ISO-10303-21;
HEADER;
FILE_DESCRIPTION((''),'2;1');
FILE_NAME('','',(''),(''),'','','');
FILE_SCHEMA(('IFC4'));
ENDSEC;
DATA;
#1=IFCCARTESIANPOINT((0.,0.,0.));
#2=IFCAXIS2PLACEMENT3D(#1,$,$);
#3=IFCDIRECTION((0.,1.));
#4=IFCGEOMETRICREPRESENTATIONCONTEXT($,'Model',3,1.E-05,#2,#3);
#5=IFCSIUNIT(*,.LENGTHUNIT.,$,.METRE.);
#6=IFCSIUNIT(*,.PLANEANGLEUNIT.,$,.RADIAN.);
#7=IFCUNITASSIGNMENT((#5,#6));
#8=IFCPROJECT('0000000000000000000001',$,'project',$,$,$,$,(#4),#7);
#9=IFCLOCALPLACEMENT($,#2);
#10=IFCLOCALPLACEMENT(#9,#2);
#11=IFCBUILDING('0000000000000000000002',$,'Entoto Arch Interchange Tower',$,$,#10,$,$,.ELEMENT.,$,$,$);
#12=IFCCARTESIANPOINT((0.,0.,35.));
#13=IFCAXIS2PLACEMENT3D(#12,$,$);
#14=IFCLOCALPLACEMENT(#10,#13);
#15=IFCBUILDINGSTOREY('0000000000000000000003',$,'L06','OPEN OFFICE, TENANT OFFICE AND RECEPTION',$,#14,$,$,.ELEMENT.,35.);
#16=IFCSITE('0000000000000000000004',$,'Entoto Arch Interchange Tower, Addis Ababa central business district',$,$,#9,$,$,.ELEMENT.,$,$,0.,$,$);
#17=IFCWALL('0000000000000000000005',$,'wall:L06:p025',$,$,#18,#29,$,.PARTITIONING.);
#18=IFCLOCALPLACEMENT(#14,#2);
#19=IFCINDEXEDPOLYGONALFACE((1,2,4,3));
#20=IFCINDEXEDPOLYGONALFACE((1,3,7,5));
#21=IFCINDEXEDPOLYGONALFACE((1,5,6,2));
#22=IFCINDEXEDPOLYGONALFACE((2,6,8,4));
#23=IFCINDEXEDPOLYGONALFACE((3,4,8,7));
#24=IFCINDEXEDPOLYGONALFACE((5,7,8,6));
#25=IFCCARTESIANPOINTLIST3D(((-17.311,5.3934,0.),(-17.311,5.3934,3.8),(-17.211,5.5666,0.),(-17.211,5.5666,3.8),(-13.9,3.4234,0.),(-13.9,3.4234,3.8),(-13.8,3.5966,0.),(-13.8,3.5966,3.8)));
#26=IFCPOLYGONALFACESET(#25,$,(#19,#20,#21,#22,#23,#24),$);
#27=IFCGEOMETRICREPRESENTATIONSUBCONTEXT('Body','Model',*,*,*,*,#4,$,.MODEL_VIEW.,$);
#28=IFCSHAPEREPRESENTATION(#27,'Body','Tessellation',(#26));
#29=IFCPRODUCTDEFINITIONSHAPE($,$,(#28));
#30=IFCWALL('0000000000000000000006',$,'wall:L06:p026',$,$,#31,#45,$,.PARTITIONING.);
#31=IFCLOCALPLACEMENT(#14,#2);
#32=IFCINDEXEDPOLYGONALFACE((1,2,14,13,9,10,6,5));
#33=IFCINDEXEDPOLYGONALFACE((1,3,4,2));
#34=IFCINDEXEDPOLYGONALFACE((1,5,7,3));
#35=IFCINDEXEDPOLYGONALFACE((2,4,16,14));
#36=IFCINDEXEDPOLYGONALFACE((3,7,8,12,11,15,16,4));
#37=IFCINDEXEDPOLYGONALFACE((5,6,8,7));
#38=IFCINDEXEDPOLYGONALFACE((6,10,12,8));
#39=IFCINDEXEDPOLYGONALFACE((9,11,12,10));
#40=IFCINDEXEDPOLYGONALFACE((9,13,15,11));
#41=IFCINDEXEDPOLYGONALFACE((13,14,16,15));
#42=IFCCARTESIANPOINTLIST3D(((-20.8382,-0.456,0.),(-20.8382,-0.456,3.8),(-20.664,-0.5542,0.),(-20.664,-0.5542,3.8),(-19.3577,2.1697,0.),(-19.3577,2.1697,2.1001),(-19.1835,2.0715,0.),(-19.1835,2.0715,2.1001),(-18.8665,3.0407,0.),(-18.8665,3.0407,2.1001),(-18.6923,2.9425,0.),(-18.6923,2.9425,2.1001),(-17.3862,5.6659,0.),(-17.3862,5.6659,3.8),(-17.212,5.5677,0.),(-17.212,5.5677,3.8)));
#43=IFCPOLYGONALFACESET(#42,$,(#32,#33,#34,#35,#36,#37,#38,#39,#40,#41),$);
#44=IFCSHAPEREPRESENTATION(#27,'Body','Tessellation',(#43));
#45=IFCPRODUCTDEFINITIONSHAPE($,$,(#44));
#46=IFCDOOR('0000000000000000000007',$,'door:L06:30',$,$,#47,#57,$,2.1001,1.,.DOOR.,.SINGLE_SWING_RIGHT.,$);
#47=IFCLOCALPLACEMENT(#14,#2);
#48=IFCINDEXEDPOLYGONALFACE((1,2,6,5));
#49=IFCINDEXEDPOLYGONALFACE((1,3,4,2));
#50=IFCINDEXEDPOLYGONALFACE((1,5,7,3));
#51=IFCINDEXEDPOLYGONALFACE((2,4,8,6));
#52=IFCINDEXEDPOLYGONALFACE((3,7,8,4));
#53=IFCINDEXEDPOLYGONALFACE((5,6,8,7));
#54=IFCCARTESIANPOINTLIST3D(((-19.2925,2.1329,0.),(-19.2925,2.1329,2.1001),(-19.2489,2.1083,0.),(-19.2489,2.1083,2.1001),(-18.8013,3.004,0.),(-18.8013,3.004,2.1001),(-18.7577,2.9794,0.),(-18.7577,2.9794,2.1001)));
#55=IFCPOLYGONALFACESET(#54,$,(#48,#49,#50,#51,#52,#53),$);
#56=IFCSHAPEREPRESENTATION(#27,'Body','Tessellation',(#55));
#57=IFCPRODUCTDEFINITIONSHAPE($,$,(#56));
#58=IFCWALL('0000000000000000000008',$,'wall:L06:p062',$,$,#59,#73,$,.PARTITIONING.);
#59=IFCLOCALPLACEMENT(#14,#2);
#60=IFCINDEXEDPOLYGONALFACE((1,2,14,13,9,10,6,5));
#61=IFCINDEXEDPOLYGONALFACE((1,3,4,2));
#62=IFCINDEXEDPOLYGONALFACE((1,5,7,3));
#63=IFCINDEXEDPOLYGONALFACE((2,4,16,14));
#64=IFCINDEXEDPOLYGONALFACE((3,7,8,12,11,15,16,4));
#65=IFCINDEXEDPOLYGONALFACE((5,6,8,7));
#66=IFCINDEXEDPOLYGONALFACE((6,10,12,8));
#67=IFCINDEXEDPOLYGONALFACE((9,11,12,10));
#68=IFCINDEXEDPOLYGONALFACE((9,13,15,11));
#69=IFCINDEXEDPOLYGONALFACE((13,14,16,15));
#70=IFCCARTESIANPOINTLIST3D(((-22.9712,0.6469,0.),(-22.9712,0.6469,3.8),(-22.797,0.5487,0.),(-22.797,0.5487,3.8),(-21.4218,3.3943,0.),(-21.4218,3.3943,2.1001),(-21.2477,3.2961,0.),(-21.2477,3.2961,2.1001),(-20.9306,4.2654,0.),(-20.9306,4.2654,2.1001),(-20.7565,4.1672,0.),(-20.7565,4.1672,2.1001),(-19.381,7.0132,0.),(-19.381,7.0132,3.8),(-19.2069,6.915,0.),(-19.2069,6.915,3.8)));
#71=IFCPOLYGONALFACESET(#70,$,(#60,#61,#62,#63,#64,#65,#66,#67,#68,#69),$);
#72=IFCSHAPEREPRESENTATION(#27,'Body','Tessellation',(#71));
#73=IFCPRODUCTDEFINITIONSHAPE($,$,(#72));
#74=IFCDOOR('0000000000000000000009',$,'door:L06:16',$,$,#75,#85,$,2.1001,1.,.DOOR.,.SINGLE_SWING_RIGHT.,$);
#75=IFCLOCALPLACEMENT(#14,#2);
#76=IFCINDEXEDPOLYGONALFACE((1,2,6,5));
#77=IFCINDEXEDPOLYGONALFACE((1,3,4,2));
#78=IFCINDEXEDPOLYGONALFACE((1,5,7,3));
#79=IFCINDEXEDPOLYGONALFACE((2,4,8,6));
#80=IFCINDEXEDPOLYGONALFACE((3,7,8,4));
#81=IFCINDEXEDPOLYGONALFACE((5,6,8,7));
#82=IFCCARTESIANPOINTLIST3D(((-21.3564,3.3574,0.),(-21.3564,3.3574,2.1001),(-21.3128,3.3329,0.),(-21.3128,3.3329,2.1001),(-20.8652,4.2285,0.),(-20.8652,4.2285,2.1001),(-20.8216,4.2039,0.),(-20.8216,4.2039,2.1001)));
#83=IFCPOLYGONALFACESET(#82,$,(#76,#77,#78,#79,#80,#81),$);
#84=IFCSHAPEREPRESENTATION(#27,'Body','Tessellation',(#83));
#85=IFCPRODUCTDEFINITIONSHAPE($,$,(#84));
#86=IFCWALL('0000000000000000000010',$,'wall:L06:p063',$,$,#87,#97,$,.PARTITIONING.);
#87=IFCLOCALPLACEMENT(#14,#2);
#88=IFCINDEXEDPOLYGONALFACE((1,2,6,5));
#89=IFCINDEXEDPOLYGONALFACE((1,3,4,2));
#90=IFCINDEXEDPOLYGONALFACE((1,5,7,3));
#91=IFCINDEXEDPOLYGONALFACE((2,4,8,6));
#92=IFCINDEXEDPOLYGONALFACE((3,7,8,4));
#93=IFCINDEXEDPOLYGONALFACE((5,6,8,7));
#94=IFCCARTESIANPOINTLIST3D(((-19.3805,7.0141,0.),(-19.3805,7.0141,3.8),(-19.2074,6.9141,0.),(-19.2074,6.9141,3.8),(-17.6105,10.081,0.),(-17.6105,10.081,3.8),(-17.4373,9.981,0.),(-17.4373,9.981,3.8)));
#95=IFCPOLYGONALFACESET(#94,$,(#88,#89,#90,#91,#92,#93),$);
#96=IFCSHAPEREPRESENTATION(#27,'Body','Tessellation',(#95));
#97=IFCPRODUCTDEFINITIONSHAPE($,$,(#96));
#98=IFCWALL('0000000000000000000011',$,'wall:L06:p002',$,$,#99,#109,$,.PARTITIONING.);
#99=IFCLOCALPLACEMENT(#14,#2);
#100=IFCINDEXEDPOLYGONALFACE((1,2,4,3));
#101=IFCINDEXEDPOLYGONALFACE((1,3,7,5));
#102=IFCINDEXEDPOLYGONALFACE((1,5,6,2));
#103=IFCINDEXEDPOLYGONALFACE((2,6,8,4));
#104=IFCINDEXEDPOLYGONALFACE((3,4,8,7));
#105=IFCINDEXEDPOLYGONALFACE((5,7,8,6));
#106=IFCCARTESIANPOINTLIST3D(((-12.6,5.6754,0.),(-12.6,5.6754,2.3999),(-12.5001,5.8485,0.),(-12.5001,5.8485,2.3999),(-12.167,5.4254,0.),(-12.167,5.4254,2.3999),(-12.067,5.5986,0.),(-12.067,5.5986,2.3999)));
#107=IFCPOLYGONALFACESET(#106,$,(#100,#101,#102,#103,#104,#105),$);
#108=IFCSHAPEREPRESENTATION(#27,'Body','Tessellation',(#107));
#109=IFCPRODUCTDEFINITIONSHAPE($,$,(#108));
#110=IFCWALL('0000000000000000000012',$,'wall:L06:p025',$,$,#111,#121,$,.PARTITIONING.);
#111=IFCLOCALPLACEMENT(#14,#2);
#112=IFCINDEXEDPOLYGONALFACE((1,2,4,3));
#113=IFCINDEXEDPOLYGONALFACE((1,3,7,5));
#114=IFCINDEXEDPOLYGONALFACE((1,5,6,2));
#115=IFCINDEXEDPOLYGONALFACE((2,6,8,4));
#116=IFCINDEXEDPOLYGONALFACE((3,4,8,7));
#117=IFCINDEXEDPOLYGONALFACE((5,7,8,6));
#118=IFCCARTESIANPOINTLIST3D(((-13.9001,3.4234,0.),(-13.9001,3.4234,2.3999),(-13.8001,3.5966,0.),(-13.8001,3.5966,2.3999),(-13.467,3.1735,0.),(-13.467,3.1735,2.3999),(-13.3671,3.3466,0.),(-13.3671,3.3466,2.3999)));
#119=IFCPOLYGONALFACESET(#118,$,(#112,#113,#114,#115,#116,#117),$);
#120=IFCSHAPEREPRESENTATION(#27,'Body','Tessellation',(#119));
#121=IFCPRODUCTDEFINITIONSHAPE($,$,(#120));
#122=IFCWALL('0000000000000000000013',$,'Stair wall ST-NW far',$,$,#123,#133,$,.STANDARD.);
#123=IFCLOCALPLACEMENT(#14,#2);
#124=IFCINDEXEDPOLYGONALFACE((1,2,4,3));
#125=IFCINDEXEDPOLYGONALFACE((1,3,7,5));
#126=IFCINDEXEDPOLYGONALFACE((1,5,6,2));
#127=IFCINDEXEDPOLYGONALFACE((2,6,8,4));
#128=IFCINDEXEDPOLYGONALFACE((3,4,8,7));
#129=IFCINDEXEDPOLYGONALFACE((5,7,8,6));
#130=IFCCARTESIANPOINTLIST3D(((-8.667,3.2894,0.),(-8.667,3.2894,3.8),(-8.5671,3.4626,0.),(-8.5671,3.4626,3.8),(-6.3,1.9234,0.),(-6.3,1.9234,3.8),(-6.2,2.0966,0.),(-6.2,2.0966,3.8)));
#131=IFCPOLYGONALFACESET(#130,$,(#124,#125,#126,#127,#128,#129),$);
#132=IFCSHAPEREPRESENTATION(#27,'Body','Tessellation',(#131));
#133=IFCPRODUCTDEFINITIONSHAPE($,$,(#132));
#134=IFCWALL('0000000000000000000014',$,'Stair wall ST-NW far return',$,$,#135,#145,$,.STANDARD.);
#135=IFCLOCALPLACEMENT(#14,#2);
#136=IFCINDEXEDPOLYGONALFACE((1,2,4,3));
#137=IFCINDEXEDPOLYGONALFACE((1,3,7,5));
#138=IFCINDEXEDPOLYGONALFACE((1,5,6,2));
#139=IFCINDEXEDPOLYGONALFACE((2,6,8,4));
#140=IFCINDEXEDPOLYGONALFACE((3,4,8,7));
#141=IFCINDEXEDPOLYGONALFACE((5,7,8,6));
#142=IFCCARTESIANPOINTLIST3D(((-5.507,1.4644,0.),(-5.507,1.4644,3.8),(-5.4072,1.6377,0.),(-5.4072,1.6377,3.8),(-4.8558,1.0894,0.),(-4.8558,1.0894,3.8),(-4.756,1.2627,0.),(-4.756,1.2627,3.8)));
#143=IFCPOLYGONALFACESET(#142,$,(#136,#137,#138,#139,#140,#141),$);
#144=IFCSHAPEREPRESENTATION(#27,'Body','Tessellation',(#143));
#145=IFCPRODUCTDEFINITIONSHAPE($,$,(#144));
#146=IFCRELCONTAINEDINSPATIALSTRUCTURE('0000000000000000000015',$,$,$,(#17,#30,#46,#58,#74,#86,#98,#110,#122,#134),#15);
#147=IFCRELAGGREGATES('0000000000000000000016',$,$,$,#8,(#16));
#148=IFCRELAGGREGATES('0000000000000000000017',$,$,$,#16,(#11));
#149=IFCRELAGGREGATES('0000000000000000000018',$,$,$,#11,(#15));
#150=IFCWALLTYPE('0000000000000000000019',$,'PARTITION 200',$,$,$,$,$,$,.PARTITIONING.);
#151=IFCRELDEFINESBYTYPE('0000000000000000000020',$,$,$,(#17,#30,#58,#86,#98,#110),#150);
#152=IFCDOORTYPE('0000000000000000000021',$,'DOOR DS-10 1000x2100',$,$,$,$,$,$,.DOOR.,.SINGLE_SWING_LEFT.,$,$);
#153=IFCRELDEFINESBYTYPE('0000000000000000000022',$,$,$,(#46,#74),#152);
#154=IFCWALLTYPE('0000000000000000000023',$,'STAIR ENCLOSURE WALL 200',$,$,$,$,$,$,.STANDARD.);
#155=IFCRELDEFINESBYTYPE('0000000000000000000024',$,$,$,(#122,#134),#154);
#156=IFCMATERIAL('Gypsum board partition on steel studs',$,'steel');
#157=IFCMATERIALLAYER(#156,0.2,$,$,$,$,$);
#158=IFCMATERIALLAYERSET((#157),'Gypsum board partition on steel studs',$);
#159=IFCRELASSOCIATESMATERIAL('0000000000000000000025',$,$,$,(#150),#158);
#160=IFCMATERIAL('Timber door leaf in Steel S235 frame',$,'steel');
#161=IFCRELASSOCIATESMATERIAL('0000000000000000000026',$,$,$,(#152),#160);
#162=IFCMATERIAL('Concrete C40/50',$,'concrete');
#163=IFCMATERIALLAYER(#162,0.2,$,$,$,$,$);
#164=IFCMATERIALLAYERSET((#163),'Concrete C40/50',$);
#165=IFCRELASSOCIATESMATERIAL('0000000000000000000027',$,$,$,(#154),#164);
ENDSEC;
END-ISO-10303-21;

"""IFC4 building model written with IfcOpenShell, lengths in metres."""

from ifc_helpers import new_model, si_unit, direction, frame, frame_2d, origin, place, context, subcontext, project, spatial, rectangle, extrude, material, layer, layer_set, type_object, element, fill, save


model = new_model("IFC4")

# Units and contexts
model_context = context("Model", 3, precision=1e-05, world=origin(), true_north=direction((0.0, 1.0)))
body_context = subcontext(model_context, "Body", "Model", "MODEL_VIEW")
ifc_project = project(units=[si_unit("LENGTHUNIT", "METRE"), si_unit("PLANEANGLEUNIT", "RADIAN")], contexts=[model_context])

# Site, building, storey
site_placement = place(None, origin())
site = spatial("IfcSite", under=ifc_project, at=site_placement, Name="Entoto Arch Interchange Tower, Addis Ababa central business district", CompositionType="ELEMENT", RefElevation=0.0)
building_placement = place(site_placement, origin())
building = spatial("IfcBuilding", under=site, at=building_placement, Name="Entoto Arch Interchange Tower", CompositionType="ELEMENT")
storey_placement = place(building_placement, frame((0.0, 0.0, 35.0)))
storey = spatial("IfcBuildingStorey", under=building, at=storey_placement, Name="L06", Description="OPEN OFFICE, TENANT OFFICE AND RECEPTION", CompositionType="ELEMENT", Elevation=35.0)

# Shared definitions
ifc_material_1 = material(Name="Concrete C40/50", Category="concrete")

# Wall
ifc_material_2 = material(Name="Gypsum board partition on steel studs", Category="steel")
ifc_layer_1 = layer(ifc_material_2, 0.2)
ifc_layer_set_1 = layer_set([ifc_layer_1], Name="Gypsum board partition on steel studs")
wall_type_1 = type_object("IfcWallType", Name="PARTITION 200", PredefinedType="PARTITIONING", material=ifc_layer_set_1)
wall_1_placement = place(storey_placement, frame((-17.261, 5.48, 0.0), z_axis=(0.0, 0.0, 1.0), x_axis=(0.865949, -0.500132, 0.0)))
element("IfcWall", 1, at=wall_1_placement, inside=storey, type_object=wall_type_1, Name="wall:L06:p025", PredefinedType="PARTITIONING", context=body_context, shape_type="SweptSolid", body=[
    extrude(rectangle(XDim=3.939, YDim=0.2, at=frame_2d((1.9695, 0.0))), origin(), (0.0, 0.0, 1.0), 3.8),
])

# Walls, openings, doors
wall_2_placement = place(storey_placement, frame((-17.2991, 5.6169, 0.0), z_axis=(0.0, 0.0, 1.0), x_axis=(-0.491166, -0.871066, 0.0)))
wall_2 = element("IfcWall", 2, at=wall_2_placement, inside=storey, type_object=wall_type_1, Name="wall:L06:p026", PredefinedType="PARTITIONING", context=body_context, shape_type="SweptSolid", body=[
    extrude(rectangle(XDim=7.0281, YDim=0.2, at=frame_2d((3.5142, 0.0))), origin(), (0.0, 0.0, 1.0), 3.8),
])
opening_1_placement = place(wall_2_placement, frame((3.0139, 0.0, 0.0)))
opening_1 = element("IfcOpeningElement", 3, at=opening_1_placement, cuts=wall_2, PredefinedType="OPENING", context=body_context, shape_type="SweptSolid", body=[
    extrude(rectangle(XDim=1.0, YDim=2.1001, at=frame_2d((0.5, 1.05))), frame((0.0, 0.1099, 0.0), z_axis=(0.0, -1.0, 0.0), x_axis=(1.0, 0.0, 0.0)), (0.0, 0.0, 1.0), 0.22),
])
ifc_material_3 = material(Name="Timber door leaf in Steel S235 frame", Category="steel")
door_type_1 = type_object("IfcDoorType", Name="DOOR DS-10 1000x2100", OperationType="SINGLE_SWING_LEFT", PredefinedType="DOOR", material=ifc_material_3)
door_1_placement = place(opening_1_placement, origin())
door_1 = element("IfcDoor", 4, at=door_1_placement, inside=storey, type_object=door_type_1, Name="door:L06:30", OperationType="SINGLE_SWING_RIGHT", OverallHeight=2.1001, OverallWidth=1.0, PredefinedType="DOOR", context=body_context, shape_type="SweptSolid", body=[
    extrude(rectangle(XDim=1.0, YDim=2.1001, at=frame_2d((0.5, 1.05))), frame((0.0, 0.0249, 0.0), z_axis=(0.0, -1.0, 0.0), x_axis=(1.0, 0.0, 0.0)), (0.0, 0.0, 1.0), 0.05),
])
fill(opening_1, door_1)
wall_3_placement = place(storey_placement, frame((-22.884, 0.5979, 0.0), z_axis=(0.0, 0.0, 1.0), x_axis=(0.491206, 0.871043, 0.0)))
wall_3 = element("IfcWall", 5, at=wall_3_placement, inside=storey, type_object=wall_type_1, Name="wall:L06:p062", PredefinedType="PARTITIONING", context=body_context, shape_type="SweptSolid", body=[
    extrude(rectangle(XDim=7.3088, YDim=0.2, at=frame_2d((3.6543, 0.0))), origin(), (0.0, 0.0, 1.0), 3.8),
])
opening_2_placement = place(wall_3_placement, frame((3.1541, 0.0, 0.0)))
opening_2 = element("IfcOpeningElement", 6, at=opening_2_placement, cuts=wall_3, PredefinedType="OPENING", context=body_context, shape_type="SweptSolid", body=[
    extrude(rectangle(XDim=1.0, YDim=2.1001, at=frame_2d((0.5, 1.05))), frame((0.0, 0.1099, 0.0), z_axis=(0.0, -1.0, 0.0), x_axis=(1.0, 0.0, 0.0)), (0.0, 0.0, 1.0), 0.22),
])
door_2_placement = place(opening_2_placement, origin())
door_2 = element("IfcDoor", 7, at=door_2_placement, inside=storey, type_object=door_type_1, Name="door:L06:16", OperationType="SINGLE_SWING_RIGHT", OverallHeight=2.1001, OverallWidth=1.0, PredefinedType="DOOR", context=body_context, shape_type="SweptSolid", body=[
    extrude(rectangle(XDim=1.0, YDim=2.1001, at=frame_2d((0.5, 1.05))), frame((0.0, 0.0249, 0.0), z_axis=(0.0, -1.0, 0.0), x_axis=(1.0, 0.0, 0.0)), (0.0, 0.0, 1.0), 0.05),
])
fill(opening_2, door_2)

# Walls
wall_4_placement = place(storey_placement, frame((-19.2939, 6.9641, 0.0), z_axis=(0.0, 0.0, 1.0), x_axis=(0.499862, 0.866105, 0.0)))
element("IfcWall", 8, at=wall_4_placement, inside=storey, type_object=wall_type_1, Name="wall:L06:p063", PredefinedType="PARTITIONING", context=body_context, shape_type="SweptSolid", body=[
    extrude(rectangle(XDim=3.541, YDim=0.2, at=frame_2d((1.7705, 0.0))), origin(), (0.0, 0.0, 1.0), 3.8),
])
for number, where, z_axis, x_axis, name in (
    (9, (-12.55, 5.762, 0.0), (0.0, 0.0, 1.0), (0.866072, -0.49992, 0.0), "wall:L06:p002"),
    (10, (-13.8501, 3.51, 0.0), (0.0, 0.0, 1.0), (0.866072, -0.49992, 0.0), "wall:L06:p025"),
):
    element("IfcWall", number, at=place(storey_placement, frame(where, z_axis=z_axis, x_axis=x_axis)), inside=storey, type_object=wall_type_1, Name=name, PredefinedType="PARTITIONING", context=body_context, shape_type="SweptSolid", body=[
        extrude(rectangle(XDim=0.5, YDim=0.2, at=frame_2d((0.25, 0.0))), origin(), (0.0, 0.0, 1.0), 2.3999),
    ])
ifc_layer_2 = layer(ifc_material_1, 0.2)
ifc_layer_set_2 = layer_set([ifc_layer_2], Name="Concrete C40/50")
wall_type_2 = type_object("IfcWallType", Name="STAIR ENCLOSURE WALL 200", PredefinedType="STANDARD", material=ifc_layer_set_2)
wall_5_placement = place(storey_placement, frame((-6.25, 2.01, 0.0), z_axis=(0.0, 0.0, 1.0), x_axis=(-0.866119, 0.499838, 0.0)))
element("IfcWall", 11, at=wall_5_placement, inside=storey, type_object=wall_type_2, Name="Stair wall ST-NW far", PredefinedType="STANDARD", context=body_context, shape_type="SweptSolid", body=[
    extrude(rectangle(XDim=2.7329, YDim=0.2, at=frame_2d((1.3665, 0.0))), origin(), (0.0, 0.0, 1.0), 3.8),
])
wall_6_placement = place(storey_placement, frame((-4.8059, 1.176, 0.0), z_axis=(0.0, 0.0, 1.0), x_axis=(-0.866559, 0.499075, 0.0)))
element("IfcWall", 12, at=wall_6_placement, inside=storey, type_object=wall_type_2, Name="Stair wall ST-NW far return", PredefinedType="STANDARD", context=body_context, shape_type="SweptSolid", body=[
    extrude(rectangle(XDim=0.7515, YDim=0.2, at=frame_2d((0.3757, 0.0))), origin(), (0.0, 0.0, 1.0), 3.8),
])

save(model, "model.ifc")
